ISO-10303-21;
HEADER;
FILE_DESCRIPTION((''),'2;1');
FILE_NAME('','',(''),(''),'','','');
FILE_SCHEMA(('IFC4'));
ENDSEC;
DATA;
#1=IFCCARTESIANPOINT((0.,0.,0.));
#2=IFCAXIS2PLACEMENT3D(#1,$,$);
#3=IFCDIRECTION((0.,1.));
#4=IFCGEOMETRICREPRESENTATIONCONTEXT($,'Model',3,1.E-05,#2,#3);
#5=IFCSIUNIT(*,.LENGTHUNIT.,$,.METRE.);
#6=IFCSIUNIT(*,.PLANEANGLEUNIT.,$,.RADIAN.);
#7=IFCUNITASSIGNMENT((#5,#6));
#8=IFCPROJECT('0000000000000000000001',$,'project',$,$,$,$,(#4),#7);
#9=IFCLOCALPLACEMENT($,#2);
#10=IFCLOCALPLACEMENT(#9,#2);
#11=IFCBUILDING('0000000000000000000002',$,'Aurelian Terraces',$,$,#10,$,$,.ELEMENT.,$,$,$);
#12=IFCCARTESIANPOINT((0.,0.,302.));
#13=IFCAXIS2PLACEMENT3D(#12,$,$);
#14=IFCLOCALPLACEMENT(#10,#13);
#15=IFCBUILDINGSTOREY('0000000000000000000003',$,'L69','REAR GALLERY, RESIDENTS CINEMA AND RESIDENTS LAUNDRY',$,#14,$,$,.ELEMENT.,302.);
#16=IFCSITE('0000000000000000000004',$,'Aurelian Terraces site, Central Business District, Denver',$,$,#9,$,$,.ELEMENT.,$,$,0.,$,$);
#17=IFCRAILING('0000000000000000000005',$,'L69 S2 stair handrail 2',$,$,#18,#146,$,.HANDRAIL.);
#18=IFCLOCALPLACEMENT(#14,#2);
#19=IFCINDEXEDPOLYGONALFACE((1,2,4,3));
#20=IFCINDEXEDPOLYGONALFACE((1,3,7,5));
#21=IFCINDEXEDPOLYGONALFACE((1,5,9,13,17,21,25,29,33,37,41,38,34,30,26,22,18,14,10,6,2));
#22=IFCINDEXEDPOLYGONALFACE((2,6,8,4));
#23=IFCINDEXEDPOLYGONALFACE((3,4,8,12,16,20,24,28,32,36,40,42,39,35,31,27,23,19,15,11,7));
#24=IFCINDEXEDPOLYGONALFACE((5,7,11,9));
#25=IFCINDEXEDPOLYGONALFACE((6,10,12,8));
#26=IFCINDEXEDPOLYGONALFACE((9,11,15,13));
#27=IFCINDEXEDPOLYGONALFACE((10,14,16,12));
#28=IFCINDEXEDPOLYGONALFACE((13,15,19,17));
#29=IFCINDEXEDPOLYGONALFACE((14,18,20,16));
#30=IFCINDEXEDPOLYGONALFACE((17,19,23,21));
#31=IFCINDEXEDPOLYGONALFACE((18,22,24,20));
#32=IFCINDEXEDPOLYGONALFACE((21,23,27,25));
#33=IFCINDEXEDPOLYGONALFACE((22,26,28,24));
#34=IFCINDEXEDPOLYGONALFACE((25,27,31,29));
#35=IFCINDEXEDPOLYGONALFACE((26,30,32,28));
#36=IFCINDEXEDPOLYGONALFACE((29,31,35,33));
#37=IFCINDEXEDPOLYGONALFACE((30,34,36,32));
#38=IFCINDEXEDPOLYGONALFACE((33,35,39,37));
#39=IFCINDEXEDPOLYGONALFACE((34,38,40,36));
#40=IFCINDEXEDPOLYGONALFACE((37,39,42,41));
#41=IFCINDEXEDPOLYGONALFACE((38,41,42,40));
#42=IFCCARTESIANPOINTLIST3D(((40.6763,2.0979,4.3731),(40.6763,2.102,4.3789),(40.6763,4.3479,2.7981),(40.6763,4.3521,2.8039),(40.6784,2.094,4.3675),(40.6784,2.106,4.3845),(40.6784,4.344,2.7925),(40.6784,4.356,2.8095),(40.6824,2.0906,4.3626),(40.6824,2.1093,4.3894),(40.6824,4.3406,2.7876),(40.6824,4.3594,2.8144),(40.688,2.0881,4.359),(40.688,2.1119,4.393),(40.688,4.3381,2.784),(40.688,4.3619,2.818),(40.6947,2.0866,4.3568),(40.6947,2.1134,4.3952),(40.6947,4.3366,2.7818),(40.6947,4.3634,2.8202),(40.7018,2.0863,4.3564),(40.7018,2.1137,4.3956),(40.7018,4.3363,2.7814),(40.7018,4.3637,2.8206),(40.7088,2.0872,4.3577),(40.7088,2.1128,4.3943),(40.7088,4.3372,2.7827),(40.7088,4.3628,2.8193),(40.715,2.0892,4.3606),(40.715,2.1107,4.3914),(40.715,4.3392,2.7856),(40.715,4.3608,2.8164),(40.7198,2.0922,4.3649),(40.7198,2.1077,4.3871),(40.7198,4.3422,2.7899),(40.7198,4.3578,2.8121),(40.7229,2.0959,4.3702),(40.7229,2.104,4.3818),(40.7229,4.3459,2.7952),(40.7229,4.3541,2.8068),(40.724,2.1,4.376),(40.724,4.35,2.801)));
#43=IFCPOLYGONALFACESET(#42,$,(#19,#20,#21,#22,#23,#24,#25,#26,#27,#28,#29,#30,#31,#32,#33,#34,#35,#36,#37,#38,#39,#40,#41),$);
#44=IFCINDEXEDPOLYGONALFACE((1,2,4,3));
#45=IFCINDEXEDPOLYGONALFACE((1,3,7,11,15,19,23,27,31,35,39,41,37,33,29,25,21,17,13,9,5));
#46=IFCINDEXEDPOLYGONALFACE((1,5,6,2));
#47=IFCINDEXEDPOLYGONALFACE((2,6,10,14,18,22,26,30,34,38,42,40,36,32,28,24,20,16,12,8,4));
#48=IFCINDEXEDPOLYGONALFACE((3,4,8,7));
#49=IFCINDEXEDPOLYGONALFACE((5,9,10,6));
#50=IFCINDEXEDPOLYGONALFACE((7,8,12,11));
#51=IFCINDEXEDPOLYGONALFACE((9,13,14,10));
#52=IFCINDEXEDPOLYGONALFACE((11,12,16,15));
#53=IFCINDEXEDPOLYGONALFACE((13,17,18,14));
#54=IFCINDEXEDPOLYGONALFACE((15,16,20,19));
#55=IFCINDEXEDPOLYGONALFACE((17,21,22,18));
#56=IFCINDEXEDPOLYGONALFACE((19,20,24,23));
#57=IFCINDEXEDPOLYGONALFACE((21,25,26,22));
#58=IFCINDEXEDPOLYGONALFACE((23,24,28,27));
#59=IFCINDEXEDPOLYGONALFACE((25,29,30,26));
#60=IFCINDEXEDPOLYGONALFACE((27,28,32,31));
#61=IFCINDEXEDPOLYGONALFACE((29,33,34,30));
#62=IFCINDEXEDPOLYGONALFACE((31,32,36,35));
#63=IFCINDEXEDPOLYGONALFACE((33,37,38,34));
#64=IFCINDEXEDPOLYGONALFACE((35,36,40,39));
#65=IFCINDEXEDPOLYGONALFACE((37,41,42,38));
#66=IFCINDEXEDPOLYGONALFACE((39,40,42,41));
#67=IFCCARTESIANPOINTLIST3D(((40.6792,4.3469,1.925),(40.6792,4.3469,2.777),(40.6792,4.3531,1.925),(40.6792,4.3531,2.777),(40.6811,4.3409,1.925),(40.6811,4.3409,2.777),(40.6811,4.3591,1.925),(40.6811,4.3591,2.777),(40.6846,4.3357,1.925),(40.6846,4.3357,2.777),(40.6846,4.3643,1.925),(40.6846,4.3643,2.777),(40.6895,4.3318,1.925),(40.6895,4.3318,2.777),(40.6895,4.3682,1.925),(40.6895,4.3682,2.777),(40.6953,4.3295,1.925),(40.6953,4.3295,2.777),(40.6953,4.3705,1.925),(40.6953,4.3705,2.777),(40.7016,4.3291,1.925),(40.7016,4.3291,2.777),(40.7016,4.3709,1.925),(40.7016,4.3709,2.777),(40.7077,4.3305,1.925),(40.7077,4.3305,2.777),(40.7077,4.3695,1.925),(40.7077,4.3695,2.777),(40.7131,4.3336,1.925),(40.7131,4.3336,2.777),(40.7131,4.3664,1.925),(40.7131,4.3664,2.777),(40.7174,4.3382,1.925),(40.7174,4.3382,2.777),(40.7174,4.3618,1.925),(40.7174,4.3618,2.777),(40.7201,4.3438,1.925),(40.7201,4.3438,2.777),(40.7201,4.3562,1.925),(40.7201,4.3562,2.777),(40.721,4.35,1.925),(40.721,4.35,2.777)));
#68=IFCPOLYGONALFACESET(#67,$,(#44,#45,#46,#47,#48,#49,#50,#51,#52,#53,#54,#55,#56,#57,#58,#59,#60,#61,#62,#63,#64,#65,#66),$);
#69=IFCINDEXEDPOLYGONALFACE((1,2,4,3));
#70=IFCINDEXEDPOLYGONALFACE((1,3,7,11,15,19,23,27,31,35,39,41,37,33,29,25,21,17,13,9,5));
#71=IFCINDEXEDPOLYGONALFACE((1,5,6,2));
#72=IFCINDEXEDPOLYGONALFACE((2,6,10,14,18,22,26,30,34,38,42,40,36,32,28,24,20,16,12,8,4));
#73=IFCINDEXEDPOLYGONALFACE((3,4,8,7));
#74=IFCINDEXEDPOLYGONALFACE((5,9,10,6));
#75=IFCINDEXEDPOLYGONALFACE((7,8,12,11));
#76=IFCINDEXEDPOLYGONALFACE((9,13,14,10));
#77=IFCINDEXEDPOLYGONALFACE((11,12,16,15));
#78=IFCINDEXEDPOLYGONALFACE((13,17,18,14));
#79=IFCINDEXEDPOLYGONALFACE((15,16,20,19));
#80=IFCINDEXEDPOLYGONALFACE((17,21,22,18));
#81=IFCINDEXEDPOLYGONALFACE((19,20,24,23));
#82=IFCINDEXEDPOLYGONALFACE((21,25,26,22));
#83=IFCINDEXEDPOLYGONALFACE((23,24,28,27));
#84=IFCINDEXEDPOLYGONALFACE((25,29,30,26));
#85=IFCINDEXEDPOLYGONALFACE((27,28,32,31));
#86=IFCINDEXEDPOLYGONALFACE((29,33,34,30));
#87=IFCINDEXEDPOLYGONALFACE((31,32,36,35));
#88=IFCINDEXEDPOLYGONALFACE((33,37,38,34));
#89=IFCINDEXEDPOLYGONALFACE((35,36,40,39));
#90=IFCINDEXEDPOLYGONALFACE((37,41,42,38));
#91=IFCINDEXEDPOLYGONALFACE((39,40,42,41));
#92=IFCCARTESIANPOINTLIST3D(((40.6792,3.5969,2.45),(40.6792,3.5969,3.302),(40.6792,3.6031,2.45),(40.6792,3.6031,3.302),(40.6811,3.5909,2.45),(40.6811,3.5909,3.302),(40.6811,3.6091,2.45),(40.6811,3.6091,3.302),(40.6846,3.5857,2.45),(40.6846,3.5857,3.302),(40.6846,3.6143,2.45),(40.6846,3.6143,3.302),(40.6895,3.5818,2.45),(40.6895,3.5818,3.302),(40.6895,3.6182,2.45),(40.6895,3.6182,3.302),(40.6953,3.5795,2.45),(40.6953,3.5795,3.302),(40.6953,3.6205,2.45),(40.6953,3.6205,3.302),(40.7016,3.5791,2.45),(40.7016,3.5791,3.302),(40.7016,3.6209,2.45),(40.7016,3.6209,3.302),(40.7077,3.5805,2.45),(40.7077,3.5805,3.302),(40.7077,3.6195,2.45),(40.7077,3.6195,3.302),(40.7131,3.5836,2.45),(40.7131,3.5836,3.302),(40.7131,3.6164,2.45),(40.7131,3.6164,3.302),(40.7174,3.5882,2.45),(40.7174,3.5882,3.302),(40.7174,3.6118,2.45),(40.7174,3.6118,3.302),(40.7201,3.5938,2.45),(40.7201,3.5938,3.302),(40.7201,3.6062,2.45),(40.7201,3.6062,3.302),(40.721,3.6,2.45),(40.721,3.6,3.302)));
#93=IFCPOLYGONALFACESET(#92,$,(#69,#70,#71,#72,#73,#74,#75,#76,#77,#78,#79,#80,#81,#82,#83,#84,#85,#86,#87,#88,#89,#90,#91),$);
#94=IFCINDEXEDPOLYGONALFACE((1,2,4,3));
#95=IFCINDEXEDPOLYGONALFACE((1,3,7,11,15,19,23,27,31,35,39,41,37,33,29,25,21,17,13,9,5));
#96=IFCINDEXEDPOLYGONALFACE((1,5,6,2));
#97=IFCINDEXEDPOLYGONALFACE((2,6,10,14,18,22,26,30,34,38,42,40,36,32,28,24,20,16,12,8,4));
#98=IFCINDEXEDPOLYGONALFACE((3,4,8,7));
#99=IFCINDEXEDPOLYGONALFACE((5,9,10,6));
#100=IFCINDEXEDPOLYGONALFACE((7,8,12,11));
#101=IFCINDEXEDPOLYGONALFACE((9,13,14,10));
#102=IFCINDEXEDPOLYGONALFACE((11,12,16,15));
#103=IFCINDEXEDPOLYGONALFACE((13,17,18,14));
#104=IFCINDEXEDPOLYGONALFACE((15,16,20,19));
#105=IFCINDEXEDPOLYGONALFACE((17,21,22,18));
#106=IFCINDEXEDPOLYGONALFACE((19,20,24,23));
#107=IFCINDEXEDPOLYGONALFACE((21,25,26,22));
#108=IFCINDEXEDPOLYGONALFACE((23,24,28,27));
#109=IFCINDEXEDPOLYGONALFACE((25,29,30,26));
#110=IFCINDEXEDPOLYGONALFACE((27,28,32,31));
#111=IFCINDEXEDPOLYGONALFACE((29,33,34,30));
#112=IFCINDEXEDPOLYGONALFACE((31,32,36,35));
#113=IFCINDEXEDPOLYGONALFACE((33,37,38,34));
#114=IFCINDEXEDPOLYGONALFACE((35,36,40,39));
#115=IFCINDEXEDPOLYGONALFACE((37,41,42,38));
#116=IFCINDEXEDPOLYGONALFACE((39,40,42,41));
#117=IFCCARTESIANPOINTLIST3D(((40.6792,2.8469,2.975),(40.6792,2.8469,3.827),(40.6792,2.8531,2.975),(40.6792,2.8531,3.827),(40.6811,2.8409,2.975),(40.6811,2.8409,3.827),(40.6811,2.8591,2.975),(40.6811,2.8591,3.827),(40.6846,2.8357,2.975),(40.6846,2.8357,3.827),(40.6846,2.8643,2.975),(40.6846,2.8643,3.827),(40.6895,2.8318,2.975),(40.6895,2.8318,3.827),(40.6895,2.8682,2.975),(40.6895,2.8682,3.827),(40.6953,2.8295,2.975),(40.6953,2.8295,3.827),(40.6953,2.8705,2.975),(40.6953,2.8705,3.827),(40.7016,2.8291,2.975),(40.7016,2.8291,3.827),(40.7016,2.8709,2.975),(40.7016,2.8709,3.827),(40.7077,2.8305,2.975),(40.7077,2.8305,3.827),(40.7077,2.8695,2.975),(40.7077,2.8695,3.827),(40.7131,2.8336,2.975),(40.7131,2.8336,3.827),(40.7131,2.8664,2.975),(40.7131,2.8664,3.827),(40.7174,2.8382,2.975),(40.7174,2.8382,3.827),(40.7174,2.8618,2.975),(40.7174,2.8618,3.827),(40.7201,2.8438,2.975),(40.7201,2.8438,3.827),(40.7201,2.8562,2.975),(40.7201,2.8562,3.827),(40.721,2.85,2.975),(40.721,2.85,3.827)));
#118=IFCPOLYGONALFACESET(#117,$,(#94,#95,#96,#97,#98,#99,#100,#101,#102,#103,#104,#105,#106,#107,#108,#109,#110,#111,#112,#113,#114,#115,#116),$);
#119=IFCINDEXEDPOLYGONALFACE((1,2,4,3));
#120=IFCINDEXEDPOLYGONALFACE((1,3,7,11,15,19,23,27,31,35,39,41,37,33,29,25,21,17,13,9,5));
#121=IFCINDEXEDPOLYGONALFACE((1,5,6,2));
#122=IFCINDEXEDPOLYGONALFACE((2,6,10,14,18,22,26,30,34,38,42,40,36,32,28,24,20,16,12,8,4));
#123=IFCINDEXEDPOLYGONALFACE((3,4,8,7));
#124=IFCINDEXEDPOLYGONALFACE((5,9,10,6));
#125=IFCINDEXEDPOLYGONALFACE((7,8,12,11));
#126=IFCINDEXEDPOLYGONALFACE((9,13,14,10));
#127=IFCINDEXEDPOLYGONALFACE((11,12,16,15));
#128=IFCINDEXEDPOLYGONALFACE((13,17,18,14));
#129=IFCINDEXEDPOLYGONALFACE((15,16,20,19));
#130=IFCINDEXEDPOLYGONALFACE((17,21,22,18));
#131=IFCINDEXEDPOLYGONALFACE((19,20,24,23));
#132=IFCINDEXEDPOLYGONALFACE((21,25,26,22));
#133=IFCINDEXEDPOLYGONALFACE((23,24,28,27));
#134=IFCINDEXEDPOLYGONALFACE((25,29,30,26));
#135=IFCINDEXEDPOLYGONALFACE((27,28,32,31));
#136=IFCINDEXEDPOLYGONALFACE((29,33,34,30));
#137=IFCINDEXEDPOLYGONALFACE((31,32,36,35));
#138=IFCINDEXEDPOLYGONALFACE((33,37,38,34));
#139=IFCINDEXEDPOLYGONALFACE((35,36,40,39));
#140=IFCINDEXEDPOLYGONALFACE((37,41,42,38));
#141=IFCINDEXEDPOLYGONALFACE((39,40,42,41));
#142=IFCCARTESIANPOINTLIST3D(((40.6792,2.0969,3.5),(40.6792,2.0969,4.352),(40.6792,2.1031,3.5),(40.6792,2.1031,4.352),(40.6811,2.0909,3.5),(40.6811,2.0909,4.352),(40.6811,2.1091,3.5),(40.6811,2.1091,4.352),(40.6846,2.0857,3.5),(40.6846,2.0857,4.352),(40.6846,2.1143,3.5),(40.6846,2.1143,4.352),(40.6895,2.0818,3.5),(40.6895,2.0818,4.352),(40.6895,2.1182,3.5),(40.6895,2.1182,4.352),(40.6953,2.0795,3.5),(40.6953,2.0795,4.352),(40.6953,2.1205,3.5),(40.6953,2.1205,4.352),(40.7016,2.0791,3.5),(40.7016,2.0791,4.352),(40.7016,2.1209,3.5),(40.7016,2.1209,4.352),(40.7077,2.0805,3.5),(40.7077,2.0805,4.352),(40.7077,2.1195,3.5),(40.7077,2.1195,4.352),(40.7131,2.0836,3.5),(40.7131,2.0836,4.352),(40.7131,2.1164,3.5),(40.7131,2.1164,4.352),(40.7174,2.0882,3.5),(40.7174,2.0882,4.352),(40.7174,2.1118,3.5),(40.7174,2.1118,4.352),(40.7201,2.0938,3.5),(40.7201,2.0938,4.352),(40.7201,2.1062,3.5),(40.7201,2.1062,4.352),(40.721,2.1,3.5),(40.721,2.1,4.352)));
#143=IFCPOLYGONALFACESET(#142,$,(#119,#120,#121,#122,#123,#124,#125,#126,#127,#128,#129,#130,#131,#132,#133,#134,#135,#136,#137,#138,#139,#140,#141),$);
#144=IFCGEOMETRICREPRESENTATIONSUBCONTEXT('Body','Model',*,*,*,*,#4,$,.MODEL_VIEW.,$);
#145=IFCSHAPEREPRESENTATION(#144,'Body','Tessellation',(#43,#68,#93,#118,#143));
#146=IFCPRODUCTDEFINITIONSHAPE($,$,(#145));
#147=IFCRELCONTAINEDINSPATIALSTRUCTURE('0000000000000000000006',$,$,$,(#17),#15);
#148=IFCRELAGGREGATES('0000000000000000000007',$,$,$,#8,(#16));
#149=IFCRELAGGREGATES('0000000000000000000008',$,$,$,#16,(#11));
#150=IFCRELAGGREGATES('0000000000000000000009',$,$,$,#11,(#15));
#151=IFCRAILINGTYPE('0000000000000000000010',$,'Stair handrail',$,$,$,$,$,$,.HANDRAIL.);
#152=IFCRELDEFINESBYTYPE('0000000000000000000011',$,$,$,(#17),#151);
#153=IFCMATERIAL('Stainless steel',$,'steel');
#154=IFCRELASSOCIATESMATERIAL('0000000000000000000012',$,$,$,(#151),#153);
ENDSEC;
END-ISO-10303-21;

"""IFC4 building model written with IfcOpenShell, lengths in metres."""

from ifc_helpers import new_model, si_unit, direction, frame, origin, origin_2d, place, context, subcontext, project, spatial, circle, extrude, source, transform, mapped, material, type_object, element, save


model = new_model("IFC4")

# Units and contexts
model_context = context("Model", 3, precision=1e-05, world=origin(), true_north=direction((0.0, 1.0)))
body_context = subcontext(model_context, "Body", "Model", "MODEL_VIEW")
ifc_project = project(units=[si_unit("LENGTHUNIT", "METRE"), si_unit("PLANEANGLEUNIT", "RADIAN")], contexts=[model_context])

# Site, building, storey
site_placement = place(None, origin())
site = spatial("IfcSite", under=ifc_project, at=site_placement, Name="Aurelian Terraces site, Central Business District, Denver", CompositionType="ELEMENT", RefElevation=0.0)
building_placement = place(site_placement, origin())
building = spatial("IfcBuilding", under=site, at=building_placement, Name="Aurelian Terraces", CompositionType="ELEMENT")
storey_placement = place(building_placement, frame((0.0, 0.0, 302.0)))
storey = spatial("IfcBuildingStorey", under=building, at=storey_placement, Name="L69", Description="REAR GALLERY, RESIDENTS CINEMA AND RESIDENTS LAUNDRY", CompositionType="ELEMENT", Elevation=302.0)

# Railing
ifc_material_1 = material(Name="Stainless steel", Category="steel")
railing_type_1 = type_object("IfcRailingType", Name="Stair handrail", PredefinedType="HANDRAIL", material=ifc_material_1)
shared_shape_1 = source(origin(), body_context, "Body", "SweptSolid", [
    extrude(circle(Radius=0.024, at=origin_2d()), frame((0.0, 0.0, 0.876), z_axis=(0.0, -0.819232, 0.573462), x_axis=(1.0, 0.0, 0.0)), (0.0, 0.0, 1.0), 2.7465),
    extrude(circle(Radius=0.021, at=origin_2d()), origin(), (0.0, 0.0, 1.0), 0.852),
    extrude(circle(Radius=0.021, at=origin_2d()), frame((0.0, -0.75, 0.525)), (0.0, 0.0, 1.0), 0.852),
    extrude(circle(Radius=0.021, at=origin_2d()), frame((0.0, -1.5, 1.05)), (0.0, 0.0, 1.0), 0.852),
    extrude(circle(Radius=0.021, at=origin_2d()), frame((0.0, -2.25, 1.575)), (0.0, 0.0, 1.0), 0.852),
])
railing_1_placement = place(storey_placement, frame((40.7, 4.35, 1.925)))
element("IfcRailing", 1, at=railing_1_placement, inside=storey, type_object=railing_type_1, Name="L69 S2 stair handrail 2", PredefinedType="HANDRAIL", context=body_context, shape_type="MappedRepresentation", body=[
    mapped(shared_shape_1, transform((0.0, 0.0, 0.0), scale=1.0)),
])

save(model, "model.ifc")
